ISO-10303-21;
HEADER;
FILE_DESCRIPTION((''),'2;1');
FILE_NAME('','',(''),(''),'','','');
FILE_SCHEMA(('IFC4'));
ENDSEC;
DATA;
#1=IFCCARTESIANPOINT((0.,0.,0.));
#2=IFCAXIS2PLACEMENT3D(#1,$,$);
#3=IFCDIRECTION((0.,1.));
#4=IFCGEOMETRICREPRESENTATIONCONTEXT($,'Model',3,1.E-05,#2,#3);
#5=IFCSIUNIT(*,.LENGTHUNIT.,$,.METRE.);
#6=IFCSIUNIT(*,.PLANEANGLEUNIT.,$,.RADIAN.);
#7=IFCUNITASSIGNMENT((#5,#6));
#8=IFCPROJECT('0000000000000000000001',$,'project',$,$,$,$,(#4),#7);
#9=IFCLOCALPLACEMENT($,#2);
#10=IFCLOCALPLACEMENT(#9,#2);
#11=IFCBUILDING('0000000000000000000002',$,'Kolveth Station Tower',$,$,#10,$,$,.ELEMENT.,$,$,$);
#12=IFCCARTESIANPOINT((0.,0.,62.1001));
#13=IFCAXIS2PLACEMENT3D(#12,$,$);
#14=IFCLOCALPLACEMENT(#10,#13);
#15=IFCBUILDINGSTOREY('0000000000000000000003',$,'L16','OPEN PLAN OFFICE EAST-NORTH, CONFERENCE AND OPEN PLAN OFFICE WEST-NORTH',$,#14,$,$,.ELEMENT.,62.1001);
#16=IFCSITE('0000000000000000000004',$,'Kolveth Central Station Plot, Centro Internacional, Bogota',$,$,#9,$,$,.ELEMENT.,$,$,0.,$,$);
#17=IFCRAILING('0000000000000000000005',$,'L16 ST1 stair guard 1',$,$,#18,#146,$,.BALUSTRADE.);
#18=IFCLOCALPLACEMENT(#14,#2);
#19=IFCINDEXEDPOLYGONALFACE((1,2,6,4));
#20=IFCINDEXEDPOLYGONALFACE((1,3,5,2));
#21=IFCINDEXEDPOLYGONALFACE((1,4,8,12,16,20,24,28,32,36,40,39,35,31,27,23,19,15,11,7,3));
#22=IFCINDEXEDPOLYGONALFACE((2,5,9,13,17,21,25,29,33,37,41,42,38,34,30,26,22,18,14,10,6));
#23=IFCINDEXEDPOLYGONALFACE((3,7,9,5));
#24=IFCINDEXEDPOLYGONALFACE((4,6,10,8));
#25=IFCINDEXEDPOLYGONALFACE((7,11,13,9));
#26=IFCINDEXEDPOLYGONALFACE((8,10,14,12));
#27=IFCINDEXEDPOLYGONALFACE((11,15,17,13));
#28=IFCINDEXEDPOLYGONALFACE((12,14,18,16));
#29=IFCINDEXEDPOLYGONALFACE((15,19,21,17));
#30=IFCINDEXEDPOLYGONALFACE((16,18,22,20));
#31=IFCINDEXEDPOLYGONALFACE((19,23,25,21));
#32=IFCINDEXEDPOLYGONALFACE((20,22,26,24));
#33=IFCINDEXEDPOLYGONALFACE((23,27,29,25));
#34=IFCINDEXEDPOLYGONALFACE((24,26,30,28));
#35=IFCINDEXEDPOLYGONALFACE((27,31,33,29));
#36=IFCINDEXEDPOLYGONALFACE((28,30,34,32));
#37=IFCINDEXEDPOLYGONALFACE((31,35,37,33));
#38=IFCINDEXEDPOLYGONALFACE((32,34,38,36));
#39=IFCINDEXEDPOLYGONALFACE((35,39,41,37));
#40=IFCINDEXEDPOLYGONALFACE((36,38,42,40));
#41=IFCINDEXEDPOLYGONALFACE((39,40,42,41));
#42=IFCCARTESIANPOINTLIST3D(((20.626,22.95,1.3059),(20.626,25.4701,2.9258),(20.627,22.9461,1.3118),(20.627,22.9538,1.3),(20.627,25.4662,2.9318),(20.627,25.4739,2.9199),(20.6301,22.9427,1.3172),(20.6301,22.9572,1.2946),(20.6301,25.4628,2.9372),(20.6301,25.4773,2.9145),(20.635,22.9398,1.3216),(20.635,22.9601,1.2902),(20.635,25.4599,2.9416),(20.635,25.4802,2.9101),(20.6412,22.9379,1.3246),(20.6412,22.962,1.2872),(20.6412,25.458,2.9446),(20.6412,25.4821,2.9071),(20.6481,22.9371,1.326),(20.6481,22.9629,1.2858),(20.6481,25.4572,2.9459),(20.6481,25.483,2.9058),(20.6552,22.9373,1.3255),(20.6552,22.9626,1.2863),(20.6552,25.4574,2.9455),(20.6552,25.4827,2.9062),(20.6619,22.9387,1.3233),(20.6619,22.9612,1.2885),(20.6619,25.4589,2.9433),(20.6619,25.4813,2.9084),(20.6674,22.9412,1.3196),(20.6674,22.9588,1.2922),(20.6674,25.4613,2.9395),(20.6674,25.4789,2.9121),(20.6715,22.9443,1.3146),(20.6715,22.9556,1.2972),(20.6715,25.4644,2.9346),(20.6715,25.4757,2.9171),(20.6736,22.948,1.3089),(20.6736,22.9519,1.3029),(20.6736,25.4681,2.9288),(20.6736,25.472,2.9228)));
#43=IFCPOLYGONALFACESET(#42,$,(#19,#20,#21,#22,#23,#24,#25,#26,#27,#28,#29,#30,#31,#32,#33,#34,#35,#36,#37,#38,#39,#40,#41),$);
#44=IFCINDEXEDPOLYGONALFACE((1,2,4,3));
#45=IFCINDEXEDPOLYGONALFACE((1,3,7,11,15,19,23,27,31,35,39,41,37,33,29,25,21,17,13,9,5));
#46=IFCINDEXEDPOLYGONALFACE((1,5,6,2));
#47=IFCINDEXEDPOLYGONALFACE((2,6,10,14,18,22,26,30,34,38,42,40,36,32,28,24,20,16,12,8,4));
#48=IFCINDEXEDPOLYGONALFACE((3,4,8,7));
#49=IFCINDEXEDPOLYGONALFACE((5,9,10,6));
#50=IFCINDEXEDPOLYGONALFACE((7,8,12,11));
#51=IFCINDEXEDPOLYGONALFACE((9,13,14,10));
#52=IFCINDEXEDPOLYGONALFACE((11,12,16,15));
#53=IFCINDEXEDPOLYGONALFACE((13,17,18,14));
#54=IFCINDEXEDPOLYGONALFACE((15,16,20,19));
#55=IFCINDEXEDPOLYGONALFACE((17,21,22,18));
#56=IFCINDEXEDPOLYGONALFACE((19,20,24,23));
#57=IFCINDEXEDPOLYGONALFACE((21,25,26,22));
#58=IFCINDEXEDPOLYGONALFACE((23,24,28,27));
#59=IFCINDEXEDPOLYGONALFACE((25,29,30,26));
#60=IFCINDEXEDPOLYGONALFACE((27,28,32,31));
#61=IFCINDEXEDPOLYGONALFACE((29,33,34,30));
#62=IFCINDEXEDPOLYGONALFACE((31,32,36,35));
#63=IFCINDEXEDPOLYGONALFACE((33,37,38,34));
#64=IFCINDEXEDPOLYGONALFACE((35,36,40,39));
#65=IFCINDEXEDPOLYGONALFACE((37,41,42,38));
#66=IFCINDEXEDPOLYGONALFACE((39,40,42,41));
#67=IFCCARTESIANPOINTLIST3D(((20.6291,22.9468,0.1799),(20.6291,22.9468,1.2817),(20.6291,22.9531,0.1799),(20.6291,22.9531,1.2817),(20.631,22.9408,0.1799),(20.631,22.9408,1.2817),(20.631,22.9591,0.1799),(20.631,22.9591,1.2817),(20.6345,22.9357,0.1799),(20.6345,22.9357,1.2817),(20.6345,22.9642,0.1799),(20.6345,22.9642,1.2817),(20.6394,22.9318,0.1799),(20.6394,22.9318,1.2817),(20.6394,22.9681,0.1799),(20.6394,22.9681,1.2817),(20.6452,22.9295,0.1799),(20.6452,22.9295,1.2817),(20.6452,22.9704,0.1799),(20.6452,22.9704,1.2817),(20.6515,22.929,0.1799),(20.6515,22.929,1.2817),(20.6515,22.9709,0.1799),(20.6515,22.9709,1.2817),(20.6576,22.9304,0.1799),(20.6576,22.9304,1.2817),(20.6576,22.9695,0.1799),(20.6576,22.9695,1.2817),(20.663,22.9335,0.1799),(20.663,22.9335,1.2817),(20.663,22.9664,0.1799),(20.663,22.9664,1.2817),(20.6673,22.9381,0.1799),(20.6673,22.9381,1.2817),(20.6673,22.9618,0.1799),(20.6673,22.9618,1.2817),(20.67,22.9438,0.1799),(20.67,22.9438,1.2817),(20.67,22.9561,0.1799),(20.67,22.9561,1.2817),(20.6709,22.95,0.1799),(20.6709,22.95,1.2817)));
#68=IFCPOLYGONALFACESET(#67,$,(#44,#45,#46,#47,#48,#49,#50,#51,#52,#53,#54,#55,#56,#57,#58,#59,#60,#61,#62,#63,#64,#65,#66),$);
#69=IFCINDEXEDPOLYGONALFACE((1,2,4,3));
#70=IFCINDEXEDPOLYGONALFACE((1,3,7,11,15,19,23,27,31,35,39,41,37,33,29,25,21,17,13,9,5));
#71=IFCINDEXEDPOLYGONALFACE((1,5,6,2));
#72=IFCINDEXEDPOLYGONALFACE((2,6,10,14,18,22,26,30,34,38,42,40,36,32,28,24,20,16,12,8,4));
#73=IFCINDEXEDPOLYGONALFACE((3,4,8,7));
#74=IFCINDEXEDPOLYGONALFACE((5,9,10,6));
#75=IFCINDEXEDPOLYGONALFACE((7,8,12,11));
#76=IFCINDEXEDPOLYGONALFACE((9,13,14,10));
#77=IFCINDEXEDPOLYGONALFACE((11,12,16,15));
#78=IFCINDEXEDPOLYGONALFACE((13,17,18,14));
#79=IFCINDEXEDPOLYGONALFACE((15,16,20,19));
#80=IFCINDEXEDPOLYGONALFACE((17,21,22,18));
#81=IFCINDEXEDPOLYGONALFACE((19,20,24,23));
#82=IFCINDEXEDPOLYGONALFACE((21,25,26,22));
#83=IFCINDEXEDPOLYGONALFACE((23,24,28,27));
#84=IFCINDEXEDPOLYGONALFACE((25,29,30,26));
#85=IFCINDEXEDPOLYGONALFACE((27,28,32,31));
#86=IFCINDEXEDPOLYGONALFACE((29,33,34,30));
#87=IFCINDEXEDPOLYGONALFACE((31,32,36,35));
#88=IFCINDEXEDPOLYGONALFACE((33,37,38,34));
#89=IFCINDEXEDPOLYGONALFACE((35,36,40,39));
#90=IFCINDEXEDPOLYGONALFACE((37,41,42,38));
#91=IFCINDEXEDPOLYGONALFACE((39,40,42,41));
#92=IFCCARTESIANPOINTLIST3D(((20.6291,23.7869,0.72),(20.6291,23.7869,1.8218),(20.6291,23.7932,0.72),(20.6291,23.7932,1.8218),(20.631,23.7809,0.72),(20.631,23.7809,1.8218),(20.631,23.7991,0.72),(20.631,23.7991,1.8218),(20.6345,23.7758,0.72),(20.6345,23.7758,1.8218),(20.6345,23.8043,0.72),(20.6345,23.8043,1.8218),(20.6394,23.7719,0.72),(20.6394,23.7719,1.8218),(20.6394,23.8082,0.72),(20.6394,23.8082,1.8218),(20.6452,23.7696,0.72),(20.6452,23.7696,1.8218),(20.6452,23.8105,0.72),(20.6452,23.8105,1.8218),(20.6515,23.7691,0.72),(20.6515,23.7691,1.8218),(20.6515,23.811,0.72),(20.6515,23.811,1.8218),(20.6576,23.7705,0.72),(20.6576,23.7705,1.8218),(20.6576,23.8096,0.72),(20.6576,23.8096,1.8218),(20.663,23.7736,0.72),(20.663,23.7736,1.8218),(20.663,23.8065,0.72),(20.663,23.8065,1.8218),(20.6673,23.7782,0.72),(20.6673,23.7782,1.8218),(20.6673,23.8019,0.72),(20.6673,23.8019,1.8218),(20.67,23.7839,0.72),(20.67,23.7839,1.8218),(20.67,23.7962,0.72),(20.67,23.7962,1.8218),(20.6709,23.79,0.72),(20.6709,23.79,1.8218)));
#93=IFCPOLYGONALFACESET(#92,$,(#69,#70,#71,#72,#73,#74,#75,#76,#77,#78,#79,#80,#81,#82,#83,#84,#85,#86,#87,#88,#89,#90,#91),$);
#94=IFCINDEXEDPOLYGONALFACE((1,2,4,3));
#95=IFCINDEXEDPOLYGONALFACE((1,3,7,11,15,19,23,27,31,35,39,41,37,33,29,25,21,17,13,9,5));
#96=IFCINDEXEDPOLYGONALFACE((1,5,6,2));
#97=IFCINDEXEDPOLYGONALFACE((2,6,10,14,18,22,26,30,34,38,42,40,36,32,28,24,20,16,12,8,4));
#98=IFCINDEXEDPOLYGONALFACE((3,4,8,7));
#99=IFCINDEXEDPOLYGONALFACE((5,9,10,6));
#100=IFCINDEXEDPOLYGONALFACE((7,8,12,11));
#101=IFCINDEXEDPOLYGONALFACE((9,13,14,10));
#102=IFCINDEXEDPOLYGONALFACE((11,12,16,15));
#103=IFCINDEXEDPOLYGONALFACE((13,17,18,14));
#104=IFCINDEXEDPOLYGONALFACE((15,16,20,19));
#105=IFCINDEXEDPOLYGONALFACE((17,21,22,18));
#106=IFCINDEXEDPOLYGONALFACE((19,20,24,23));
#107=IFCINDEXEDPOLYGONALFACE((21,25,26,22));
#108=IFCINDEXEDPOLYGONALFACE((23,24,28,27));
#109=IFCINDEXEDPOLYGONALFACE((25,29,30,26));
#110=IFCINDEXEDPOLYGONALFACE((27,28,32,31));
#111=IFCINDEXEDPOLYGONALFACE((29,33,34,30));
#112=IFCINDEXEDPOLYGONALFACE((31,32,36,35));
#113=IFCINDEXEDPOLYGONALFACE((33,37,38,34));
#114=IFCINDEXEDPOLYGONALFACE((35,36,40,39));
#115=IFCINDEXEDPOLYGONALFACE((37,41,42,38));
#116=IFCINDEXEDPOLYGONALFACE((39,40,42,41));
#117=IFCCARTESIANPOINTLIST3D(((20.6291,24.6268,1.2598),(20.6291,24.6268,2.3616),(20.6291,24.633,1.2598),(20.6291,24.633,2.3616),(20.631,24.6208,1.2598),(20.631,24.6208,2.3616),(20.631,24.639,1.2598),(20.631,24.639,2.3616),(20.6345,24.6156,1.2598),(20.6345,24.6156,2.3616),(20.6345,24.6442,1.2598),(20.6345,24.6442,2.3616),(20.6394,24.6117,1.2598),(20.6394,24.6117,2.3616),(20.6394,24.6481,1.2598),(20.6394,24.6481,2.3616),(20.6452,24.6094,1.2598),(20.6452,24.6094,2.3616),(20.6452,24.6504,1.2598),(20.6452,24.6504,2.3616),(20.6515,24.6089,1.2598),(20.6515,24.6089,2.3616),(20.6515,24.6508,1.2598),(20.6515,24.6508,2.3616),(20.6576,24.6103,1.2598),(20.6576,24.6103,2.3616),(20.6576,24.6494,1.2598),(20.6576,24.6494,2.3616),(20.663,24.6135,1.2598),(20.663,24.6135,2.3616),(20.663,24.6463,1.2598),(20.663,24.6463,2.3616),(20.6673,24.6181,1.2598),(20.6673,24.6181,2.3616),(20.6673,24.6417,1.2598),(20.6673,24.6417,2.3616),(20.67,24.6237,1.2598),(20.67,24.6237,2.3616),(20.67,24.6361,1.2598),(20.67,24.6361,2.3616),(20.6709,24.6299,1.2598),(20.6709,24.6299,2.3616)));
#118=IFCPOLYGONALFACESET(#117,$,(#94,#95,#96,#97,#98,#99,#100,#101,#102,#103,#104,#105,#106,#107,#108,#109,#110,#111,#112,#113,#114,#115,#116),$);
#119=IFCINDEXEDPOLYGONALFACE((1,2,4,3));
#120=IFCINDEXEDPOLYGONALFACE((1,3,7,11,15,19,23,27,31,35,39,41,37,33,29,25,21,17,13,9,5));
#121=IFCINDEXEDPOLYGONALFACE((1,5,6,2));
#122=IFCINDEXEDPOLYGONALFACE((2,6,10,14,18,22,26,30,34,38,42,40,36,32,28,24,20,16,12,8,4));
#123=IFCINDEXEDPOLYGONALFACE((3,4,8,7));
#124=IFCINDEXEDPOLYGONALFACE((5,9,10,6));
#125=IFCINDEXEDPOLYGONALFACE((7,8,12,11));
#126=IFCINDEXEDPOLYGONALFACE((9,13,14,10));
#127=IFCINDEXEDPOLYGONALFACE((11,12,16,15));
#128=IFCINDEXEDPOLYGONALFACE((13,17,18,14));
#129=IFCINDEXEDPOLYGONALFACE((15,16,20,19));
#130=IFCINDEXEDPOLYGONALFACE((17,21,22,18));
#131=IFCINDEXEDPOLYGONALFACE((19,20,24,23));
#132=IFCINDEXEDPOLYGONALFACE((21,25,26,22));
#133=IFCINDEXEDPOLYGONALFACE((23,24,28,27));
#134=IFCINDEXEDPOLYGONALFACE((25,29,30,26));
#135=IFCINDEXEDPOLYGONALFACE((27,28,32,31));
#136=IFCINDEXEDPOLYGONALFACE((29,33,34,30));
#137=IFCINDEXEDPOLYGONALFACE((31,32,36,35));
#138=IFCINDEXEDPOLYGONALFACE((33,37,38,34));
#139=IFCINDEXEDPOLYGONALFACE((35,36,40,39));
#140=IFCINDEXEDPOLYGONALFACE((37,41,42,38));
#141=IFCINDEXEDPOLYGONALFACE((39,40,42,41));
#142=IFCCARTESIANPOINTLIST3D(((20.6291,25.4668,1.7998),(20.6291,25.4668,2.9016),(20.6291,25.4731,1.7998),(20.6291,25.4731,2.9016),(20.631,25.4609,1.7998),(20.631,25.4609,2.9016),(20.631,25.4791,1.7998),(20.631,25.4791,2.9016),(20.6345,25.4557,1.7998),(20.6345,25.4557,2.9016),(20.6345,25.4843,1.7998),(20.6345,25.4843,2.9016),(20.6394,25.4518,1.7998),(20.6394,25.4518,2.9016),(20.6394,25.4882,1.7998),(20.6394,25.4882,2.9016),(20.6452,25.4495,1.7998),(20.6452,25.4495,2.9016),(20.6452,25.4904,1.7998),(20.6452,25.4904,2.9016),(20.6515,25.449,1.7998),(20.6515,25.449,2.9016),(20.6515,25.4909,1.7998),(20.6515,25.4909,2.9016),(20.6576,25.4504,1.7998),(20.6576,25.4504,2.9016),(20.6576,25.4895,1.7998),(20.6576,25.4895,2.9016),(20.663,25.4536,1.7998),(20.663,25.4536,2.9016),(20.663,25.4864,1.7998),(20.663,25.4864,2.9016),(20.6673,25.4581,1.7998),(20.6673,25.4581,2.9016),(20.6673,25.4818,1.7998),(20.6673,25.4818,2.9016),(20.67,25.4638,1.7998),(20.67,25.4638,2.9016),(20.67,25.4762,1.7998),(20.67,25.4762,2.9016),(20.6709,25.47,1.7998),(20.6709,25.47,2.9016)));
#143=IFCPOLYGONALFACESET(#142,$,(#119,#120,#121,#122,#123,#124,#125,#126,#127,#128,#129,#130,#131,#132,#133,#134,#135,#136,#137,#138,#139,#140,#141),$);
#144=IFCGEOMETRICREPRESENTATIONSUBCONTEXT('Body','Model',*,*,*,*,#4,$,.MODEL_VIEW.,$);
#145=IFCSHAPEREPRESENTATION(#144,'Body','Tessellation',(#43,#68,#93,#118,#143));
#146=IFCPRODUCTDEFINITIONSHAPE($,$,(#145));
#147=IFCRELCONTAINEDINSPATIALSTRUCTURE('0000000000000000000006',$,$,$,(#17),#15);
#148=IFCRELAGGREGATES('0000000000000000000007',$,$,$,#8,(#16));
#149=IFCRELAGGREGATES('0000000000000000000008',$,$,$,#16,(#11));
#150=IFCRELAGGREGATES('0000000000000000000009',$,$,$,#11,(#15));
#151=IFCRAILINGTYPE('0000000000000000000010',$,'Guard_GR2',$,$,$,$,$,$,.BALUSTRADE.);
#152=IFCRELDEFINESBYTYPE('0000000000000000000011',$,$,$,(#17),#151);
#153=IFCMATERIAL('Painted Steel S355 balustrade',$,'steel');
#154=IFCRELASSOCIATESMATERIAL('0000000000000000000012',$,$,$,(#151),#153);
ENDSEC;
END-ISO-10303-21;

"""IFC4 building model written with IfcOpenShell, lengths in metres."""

from ifc_helpers import new_model, si_unit, direction, frame, origin, origin_2d, place, context, subcontext, project, spatial, circle, extrude, material, type_object, element, save


model = new_model("IFC4")

# Units and contexts
model_context = context("Model", 3, precision=1e-05, world=origin(), true_north=direction((0.0, 1.0)))
body_context = subcontext(model_context, "Body", "Model", "MODEL_VIEW")
ifc_project = project(units=[si_unit("LENGTHUNIT", "METRE"), si_unit("PLANEANGLEUNIT", "RADIAN")], contexts=[model_context])

# Site, building, storey
site_placement = place(None, origin())
site = spatial("IfcSite", under=ifc_project, at=site_placement, Name="Kolveth Central Station Plot, Centro Internacional, Bogota", CompositionType="ELEMENT", RefElevation=0.0)
building_placement = place(site_placement, origin())
building = spatial("IfcBuilding", under=site, at=building_placement, Name="Kolveth Station Tower", CompositionType="ELEMENT")
storey_placement = place(building_placement, frame((0.0, 0.0, 62.1001)))
storey = spatial("IfcBuildingStorey", under=building, at=storey_placement, Name="L16", Description="OPEN PLAN OFFICE EAST-NORTH, CONFERENCE AND OPEN PLAN OFFICE WEST-NORTH", CompositionType="ELEMENT", Elevation=62.1001)

# Railing
ifc_material_1 = material(Name="Painted Steel S355 balustrade", Category="steel")
railing_type_1 = type_object("IfcRailingType", Name="Guard_GR2", PredefinedType="BALUSTRADE", material=ifc_material_1)
railing_1_placement = place(storey_placement, frame((20.6499, 22.95, 0.1799)))
element("IfcRailing", 1, at=railing_1_placement, inside=storey, type_object=railing_type_1, Name="L16 ST1 stair guard 1", PredefinedType="BALUSTRADE", context=body_context, shape_type="SweptSolid", body=[
    extrude(circle(Radius=0.0239, at=origin_2d()), frame((0.0, 0.0, 1.126), z_axis=(0.0, 0.8412, 0.540725), x_axis=(-1.0, 0.0, 0.0)), (0.0, 0.0, 1.0), 2.9958),
    extrude(circle(Radius=0.021, at=origin_2d()), origin(), (0.0, 0.0, 1.0), 1.1018),
    extrude(circle(Radius=0.021, at=origin_2d()), frame((0.0, 0.8401, 0.54)), (0.0, 0.0, 1.0), 1.1018),
    extrude(circle(Radius=0.021, at=origin_2d()), frame((0.0, 1.6799, 1.0798)), (0.0, 0.0, 1.0), 1.1018),
    extrude(circle(Radius=0.021, at=origin_2d()), frame((0.0, 2.52, 1.6199)), (0.0, 0.0, 1.0), 1.1018),
])

save(model, "model.ifc")
